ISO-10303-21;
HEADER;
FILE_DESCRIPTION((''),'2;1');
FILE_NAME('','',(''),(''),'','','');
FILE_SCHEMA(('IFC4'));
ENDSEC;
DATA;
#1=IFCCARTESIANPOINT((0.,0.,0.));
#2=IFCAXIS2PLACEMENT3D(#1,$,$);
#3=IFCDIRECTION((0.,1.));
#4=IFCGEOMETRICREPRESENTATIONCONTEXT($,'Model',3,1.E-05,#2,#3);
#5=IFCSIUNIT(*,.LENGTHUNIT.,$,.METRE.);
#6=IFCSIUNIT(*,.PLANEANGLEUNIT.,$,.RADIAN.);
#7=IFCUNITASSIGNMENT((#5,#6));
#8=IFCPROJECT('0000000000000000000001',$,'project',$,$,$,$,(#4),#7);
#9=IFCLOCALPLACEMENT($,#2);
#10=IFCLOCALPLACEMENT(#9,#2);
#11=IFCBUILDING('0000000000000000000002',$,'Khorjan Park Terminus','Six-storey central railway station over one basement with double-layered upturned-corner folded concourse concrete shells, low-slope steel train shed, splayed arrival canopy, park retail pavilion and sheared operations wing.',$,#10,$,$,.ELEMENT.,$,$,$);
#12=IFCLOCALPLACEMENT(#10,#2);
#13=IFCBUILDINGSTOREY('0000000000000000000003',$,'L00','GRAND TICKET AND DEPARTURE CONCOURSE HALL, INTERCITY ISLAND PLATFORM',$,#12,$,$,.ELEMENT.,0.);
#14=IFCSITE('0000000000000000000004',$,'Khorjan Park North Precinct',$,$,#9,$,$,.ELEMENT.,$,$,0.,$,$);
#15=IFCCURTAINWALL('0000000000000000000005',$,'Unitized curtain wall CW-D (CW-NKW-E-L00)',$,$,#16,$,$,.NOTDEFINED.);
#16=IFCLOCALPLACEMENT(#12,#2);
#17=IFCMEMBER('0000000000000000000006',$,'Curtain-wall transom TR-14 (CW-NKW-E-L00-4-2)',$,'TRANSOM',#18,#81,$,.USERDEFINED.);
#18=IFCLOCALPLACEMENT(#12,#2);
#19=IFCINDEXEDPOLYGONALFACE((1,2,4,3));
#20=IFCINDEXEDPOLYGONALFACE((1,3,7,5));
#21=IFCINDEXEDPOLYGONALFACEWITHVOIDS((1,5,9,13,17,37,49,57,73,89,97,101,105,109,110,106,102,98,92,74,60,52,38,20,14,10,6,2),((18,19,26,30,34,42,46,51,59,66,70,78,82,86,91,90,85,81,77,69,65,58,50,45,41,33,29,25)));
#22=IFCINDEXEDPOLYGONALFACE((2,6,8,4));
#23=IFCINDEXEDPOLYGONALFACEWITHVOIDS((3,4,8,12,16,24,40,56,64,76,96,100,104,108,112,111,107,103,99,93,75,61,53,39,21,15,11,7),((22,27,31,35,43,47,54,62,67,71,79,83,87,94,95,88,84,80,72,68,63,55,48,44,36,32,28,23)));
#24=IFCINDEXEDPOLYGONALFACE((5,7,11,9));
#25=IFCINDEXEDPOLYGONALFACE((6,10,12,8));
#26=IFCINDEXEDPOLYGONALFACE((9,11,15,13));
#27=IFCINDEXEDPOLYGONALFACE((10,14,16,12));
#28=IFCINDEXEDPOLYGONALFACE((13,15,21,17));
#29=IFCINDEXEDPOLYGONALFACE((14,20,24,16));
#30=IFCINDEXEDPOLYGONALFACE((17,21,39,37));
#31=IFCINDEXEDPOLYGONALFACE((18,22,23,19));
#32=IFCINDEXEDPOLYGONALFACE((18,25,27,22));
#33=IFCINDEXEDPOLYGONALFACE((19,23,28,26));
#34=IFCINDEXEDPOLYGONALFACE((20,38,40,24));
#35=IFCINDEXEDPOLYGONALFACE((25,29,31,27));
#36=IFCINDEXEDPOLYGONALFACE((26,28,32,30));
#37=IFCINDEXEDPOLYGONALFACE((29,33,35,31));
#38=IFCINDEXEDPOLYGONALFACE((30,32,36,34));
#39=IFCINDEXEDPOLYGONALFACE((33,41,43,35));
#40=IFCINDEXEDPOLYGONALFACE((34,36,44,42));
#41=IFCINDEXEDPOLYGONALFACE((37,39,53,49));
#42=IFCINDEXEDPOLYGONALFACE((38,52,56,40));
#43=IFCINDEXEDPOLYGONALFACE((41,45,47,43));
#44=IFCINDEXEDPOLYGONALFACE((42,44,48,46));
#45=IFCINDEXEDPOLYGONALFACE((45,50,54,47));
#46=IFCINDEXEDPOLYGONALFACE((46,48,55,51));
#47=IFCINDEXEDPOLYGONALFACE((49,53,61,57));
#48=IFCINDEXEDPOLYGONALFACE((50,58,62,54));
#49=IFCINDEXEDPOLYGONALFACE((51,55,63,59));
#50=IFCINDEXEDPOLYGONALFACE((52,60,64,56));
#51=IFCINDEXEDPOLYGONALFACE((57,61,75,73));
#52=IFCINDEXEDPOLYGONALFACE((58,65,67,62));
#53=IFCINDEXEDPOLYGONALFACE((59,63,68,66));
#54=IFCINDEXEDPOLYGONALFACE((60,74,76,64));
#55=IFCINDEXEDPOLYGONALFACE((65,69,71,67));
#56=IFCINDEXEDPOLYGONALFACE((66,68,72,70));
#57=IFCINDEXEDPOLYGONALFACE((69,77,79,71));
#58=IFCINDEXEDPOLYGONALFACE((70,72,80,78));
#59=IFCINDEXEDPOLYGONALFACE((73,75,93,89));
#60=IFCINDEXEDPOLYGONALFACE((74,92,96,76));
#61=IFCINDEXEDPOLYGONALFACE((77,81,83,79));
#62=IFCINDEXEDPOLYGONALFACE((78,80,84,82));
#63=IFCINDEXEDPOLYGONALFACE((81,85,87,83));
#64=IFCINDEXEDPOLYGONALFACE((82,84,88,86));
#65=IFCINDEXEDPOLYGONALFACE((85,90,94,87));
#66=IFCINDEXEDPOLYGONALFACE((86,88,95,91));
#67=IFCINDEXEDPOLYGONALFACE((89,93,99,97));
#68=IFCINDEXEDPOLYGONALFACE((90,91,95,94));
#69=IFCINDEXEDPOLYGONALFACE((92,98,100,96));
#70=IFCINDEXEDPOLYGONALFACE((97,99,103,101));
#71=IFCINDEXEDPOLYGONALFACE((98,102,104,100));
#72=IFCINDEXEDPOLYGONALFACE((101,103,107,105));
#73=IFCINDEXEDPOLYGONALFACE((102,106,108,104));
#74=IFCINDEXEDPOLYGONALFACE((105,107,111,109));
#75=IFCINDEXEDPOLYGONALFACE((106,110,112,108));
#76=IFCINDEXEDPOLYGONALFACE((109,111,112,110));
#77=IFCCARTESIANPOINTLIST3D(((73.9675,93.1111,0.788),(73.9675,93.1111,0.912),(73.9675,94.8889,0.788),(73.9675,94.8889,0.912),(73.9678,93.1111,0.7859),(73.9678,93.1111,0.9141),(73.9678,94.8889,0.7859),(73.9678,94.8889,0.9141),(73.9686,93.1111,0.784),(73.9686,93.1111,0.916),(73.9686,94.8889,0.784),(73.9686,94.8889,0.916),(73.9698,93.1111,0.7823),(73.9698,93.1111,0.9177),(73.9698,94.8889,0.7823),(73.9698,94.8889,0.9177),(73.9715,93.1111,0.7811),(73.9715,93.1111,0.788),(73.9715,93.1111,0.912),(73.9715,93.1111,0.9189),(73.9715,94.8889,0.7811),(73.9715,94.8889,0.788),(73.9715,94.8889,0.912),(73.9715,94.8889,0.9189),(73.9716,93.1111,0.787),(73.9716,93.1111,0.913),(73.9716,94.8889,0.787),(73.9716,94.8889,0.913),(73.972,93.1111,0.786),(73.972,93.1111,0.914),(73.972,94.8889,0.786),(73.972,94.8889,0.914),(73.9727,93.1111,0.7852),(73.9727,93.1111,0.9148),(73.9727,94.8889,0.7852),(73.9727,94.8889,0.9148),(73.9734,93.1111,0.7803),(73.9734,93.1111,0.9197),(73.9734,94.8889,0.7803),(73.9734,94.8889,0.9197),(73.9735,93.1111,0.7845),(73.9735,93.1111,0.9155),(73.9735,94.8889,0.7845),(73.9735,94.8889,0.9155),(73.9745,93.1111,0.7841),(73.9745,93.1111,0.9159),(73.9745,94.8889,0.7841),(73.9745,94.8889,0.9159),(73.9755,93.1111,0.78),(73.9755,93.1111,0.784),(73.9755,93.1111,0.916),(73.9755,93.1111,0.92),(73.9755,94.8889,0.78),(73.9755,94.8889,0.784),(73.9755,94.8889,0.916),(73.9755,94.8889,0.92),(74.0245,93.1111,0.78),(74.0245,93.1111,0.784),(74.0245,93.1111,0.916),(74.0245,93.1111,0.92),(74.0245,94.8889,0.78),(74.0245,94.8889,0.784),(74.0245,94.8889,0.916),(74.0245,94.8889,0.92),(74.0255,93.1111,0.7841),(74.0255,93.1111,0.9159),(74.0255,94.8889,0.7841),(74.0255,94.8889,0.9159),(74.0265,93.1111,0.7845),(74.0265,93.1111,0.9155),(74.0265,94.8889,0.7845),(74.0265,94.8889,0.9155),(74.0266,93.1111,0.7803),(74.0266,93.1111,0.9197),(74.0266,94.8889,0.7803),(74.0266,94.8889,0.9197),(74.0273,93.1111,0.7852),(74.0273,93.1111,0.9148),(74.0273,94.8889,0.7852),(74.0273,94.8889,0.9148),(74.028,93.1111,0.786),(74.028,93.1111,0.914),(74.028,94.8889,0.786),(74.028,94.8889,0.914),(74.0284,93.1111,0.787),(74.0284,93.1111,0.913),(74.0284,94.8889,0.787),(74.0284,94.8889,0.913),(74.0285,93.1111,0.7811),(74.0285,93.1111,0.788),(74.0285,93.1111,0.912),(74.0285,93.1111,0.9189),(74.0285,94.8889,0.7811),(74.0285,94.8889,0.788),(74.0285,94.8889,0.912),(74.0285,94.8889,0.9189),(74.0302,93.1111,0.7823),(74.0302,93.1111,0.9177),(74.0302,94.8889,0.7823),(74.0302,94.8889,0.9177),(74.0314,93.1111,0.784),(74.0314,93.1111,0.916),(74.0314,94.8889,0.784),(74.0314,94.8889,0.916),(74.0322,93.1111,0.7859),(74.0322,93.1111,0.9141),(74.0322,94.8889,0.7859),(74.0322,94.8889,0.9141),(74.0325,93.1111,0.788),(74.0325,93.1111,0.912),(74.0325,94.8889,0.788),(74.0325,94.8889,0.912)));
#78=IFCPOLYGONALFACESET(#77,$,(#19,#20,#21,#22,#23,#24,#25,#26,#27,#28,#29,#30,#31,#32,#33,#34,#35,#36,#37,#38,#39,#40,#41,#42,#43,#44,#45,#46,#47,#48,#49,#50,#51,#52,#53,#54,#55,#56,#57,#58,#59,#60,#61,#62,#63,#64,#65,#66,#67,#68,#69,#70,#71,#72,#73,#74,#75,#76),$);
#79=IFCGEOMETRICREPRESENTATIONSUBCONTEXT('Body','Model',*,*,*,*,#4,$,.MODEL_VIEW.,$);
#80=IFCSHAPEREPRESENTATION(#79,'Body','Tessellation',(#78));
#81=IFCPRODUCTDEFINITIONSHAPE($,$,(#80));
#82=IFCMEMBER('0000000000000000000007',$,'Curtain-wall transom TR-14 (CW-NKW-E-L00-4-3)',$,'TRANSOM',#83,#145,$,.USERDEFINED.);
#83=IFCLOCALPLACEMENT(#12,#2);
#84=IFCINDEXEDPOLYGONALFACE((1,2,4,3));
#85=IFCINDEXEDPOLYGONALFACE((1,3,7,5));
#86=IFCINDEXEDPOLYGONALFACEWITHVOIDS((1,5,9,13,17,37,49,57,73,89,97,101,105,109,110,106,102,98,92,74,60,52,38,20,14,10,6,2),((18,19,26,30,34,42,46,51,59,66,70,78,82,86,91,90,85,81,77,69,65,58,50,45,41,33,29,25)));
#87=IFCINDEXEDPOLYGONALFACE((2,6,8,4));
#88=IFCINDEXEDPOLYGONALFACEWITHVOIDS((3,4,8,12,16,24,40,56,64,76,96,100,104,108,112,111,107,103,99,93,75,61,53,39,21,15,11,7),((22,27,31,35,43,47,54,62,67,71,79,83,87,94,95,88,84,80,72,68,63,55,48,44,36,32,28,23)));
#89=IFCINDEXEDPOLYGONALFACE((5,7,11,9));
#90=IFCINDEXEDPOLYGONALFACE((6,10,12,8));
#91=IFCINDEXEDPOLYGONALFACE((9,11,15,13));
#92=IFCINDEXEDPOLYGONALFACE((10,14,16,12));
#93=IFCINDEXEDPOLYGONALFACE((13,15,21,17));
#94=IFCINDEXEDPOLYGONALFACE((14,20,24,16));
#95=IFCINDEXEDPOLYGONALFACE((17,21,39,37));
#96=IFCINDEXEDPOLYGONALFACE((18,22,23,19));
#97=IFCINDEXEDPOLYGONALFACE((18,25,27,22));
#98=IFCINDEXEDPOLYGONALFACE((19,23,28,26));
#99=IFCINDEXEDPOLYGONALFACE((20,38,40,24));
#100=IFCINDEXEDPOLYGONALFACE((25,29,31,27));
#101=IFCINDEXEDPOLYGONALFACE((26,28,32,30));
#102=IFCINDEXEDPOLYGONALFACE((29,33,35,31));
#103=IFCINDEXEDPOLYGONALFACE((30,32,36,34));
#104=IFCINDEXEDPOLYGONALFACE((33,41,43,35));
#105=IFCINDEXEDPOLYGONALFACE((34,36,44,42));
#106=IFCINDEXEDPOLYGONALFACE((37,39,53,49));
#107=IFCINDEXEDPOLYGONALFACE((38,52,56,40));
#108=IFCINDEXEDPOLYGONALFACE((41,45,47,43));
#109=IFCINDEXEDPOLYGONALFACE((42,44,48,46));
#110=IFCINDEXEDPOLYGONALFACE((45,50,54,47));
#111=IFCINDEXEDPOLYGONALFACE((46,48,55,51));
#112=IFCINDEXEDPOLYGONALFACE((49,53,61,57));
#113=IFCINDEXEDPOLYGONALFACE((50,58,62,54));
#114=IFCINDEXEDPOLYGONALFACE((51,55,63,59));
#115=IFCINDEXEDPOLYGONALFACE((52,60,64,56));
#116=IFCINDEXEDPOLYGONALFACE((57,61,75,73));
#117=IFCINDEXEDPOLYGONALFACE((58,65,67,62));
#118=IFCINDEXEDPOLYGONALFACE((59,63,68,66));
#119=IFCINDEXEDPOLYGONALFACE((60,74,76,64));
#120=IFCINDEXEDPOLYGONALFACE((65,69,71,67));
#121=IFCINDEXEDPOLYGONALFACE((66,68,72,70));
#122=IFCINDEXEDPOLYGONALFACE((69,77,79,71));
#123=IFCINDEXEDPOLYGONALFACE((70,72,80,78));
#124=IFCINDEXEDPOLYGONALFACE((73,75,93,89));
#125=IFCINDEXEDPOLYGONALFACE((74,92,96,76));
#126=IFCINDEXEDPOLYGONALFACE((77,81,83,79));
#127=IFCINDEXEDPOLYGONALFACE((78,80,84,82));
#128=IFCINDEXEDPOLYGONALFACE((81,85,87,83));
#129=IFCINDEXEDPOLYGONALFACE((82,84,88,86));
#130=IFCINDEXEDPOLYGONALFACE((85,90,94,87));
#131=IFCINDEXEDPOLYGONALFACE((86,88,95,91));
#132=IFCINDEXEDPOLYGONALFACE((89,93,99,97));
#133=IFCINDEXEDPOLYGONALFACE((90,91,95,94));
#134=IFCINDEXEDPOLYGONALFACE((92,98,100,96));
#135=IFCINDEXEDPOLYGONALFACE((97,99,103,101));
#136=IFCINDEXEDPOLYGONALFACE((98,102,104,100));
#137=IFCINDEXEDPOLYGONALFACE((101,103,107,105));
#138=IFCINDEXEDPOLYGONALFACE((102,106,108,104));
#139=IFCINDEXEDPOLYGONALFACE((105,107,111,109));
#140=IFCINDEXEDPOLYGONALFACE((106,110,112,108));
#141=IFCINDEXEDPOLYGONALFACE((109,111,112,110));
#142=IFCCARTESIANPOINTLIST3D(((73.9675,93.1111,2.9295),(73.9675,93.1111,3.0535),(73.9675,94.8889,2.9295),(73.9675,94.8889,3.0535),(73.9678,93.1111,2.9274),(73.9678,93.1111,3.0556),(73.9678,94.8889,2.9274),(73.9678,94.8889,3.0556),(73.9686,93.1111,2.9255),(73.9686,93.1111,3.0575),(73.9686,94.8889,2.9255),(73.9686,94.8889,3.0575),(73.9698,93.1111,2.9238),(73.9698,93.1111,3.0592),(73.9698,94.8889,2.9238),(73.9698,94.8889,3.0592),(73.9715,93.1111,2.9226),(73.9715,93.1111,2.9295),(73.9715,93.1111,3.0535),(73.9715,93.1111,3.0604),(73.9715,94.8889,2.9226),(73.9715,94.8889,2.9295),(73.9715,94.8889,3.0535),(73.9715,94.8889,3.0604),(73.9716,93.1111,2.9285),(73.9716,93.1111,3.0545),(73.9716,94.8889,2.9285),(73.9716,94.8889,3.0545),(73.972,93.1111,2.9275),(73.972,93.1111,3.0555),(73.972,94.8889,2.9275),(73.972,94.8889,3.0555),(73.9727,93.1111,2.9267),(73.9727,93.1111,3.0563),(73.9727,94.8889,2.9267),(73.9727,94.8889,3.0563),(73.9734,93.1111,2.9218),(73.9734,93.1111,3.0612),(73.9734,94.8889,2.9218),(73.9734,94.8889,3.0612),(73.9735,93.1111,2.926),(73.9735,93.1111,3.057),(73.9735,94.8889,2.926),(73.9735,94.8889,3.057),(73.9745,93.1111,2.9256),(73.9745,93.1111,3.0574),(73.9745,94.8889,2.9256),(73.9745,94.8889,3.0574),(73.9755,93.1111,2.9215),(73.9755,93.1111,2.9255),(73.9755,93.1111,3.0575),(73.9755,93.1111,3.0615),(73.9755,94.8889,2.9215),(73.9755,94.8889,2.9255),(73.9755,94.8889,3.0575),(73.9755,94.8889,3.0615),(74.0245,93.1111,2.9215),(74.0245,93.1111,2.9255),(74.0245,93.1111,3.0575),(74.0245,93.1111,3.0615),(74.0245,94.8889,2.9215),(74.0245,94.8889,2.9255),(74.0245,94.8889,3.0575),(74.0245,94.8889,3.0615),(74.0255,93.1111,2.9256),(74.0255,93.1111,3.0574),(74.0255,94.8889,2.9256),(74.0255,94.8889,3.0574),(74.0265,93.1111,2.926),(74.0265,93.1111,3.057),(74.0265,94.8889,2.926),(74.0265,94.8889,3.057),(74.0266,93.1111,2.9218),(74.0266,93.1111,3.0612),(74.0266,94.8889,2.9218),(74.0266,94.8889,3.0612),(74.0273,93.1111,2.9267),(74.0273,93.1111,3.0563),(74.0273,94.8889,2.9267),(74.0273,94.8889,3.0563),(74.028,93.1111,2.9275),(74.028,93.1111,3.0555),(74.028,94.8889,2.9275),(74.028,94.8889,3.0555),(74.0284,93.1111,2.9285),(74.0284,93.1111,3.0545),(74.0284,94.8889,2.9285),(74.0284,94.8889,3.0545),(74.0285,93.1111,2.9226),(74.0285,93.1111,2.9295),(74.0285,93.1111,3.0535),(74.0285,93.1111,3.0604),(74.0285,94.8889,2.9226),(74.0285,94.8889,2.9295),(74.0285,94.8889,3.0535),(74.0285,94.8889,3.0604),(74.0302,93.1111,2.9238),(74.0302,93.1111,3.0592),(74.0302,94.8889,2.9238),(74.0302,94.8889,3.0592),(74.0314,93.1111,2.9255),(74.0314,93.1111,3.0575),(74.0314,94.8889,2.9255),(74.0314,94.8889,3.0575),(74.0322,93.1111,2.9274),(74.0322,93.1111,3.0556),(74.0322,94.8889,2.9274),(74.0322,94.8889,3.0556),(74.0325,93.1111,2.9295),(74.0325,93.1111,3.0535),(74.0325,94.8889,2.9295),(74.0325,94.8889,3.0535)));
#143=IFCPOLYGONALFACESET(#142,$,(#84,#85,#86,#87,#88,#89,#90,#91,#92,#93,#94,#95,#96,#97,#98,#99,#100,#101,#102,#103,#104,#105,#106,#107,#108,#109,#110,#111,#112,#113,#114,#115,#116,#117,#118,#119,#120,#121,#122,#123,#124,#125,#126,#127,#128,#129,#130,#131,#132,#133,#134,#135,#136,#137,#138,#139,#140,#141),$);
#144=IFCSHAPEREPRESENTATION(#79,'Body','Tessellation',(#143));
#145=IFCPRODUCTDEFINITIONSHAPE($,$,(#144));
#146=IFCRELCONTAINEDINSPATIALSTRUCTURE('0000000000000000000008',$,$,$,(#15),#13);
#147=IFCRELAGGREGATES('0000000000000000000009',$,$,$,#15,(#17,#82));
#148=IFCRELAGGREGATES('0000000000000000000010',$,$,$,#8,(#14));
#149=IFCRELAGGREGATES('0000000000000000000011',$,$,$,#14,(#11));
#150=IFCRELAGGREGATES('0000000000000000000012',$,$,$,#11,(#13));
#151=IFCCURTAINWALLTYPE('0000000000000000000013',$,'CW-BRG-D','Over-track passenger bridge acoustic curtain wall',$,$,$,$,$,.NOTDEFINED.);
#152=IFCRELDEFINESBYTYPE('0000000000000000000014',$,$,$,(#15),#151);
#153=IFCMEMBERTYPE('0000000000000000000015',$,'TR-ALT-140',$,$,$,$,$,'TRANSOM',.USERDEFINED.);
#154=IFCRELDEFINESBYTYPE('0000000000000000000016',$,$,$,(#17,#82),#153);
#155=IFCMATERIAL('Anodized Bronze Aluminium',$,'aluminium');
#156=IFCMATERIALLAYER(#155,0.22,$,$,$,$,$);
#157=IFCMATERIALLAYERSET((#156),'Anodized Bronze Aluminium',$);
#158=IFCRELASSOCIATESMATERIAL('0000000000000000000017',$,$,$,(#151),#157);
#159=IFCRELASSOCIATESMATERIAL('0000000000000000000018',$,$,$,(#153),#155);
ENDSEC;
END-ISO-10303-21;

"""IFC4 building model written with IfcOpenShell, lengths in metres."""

from ifc_helpers import new_model, si_unit, direction, frame, origin, origin_2d, place, context, subcontext, project, spatial, hollow_rectangle, extrude, material, layer, layer_set, material_profile, profile_set, type_object, element, aggregate, save


model = new_model("IFC4")

# Units and contexts
model_context = context("Model", 3, precision=1e-05, world=origin(), true_north=direction((0.0, 1.0)))
body_context = subcontext(model_context, "Body", "Model", "MODEL_VIEW")
ifc_project = project(units=[si_unit("LENGTHUNIT", "METRE"), si_unit("PLANEANGLEUNIT", "RADIAN")], contexts=[model_context])

# Site, building, storey
site_placement = place(None, origin())
site = spatial("IfcSite", under=ifc_project, at=site_placement, Name="Khorjan Park North Precinct", CompositionType="ELEMENT", RefElevation=0.0)
building_placement = place(site_placement, origin())
building = spatial("IfcBuilding", under=site, at=building_placement, Name="Khorjan Park Terminus", Description="Six-storey central railway station over one basement with double-layered upturned-corner folded concourse concrete shells, low-slope steel train shed, splayed arrival canopy, park retail pavilion and sheared operations wing.", CompositionType="ELEMENT")
storey_placement = place(building_placement, origin())
storey = spatial("IfcBuildingStorey", under=building, at=storey_placement, Name="L00", Description="GRAND TICKET AND DEPARTURE CONCOURSE HALL, INTERCITY ISLAND PLATFORM", CompositionType="ELEMENT", Elevation=0.0)

# Curtain wall, members
ifc_material_1 = material(Name="Anodized Bronze Aluminium", Category="aluminium")
ifc_layer_1 = layer(ifc_material_1, 0.22)
ifc_layer_set_1 = layer_set([ifc_layer_1], Name="Anodized Bronze Aluminium")
curtain_wall_type = type_object("IfcCurtainWallType", Name="CW-BRG-D", Description="Over-track passenger bridge acoustic curtain wall", PredefinedType="NOTDEFINED", material=ifc_layer_set_1)
curtain_wall_placement = place(storey_placement, origin())
curtain_wall = element("IfcCurtainWall", 1, at=curtain_wall_placement, inside=storey, type_object=curtain_wall_type, Name="Unitized curtain wall CW-D (CW-NKW-E-L00)", PredefinedType="NOTDEFINED")
ifc_material_profile_1 = material_profile(ifc_material_1, hollow_rectangle(XDim=0.065, YDim=0.14, WallThickness=0.004, InnerFilletRadius=0.004, OuterFilletRadius=0.008, at=origin_2d()), Name="ALT 65x140x4")
ifc_profile_set_1 = profile_set([ifc_material_profile_1], Name="Anodized Bronze Aluminium")
member_type_1 = type_object("IfcMemberType", Name="TR-ALT-140", ElementType="TRANSOM", PredefinedType="USERDEFINED", material=ifc_profile_set_1)
member_1_placement = place(storey_placement, frame((74.0, 93.1111, 0.85), z_axis=(0.0, 1.0, 0.0), x_axis=(-1.0, 0.0, 0.0)))
member_1 = element("IfcMember", 2, at=member_1_placement, type_object=member_type_1, Name="Curtain-wall transom TR-14 (CW-NKW-E-L00-4-2)", ObjectType="TRANSOM", PredefinedType="USERDEFINED", context=body_context, shape_type="SweptSolid", body=[
    extrude(hollow_rectangle(XDim=0.065, YDim=0.14, WallThickness=0.004, InnerFilletRadius=0.004, OuterFilletRadius=0.008, at=origin_2d()), origin(), (0.0, 0.0, 1.0), 1.7778),
])
member_2_placement = place(storey_placement, frame((74.0, 93.1111, 2.9915), z_axis=(0.0, 1.0, 0.0), x_axis=(-1.0, 0.0, 0.0)))
member_2 = element("IfcMember", 3, at=member_2_placement, type_object=member_type_1, Name="Curtain-wall transom TR-14 (CW-NKW-E-L00-4-3)", ObjectType="TRANSOM", PredefinedType="USERDEFINED", context=body_context, shape_type="SweptSolid", body=[
    extrude(hollow_rectangle(XDim=0.065, YDim=0.14, WallThickness=0.004, InnerFilletRadius=0.004, OuterFilletRadius=0.008, at=origin_2d()), origin(), (0.0, 0.0, 1.0), 1.7778),
])
aggregate(curtain_wall, [member_1, member_2])

save(model, "model.ifc")
